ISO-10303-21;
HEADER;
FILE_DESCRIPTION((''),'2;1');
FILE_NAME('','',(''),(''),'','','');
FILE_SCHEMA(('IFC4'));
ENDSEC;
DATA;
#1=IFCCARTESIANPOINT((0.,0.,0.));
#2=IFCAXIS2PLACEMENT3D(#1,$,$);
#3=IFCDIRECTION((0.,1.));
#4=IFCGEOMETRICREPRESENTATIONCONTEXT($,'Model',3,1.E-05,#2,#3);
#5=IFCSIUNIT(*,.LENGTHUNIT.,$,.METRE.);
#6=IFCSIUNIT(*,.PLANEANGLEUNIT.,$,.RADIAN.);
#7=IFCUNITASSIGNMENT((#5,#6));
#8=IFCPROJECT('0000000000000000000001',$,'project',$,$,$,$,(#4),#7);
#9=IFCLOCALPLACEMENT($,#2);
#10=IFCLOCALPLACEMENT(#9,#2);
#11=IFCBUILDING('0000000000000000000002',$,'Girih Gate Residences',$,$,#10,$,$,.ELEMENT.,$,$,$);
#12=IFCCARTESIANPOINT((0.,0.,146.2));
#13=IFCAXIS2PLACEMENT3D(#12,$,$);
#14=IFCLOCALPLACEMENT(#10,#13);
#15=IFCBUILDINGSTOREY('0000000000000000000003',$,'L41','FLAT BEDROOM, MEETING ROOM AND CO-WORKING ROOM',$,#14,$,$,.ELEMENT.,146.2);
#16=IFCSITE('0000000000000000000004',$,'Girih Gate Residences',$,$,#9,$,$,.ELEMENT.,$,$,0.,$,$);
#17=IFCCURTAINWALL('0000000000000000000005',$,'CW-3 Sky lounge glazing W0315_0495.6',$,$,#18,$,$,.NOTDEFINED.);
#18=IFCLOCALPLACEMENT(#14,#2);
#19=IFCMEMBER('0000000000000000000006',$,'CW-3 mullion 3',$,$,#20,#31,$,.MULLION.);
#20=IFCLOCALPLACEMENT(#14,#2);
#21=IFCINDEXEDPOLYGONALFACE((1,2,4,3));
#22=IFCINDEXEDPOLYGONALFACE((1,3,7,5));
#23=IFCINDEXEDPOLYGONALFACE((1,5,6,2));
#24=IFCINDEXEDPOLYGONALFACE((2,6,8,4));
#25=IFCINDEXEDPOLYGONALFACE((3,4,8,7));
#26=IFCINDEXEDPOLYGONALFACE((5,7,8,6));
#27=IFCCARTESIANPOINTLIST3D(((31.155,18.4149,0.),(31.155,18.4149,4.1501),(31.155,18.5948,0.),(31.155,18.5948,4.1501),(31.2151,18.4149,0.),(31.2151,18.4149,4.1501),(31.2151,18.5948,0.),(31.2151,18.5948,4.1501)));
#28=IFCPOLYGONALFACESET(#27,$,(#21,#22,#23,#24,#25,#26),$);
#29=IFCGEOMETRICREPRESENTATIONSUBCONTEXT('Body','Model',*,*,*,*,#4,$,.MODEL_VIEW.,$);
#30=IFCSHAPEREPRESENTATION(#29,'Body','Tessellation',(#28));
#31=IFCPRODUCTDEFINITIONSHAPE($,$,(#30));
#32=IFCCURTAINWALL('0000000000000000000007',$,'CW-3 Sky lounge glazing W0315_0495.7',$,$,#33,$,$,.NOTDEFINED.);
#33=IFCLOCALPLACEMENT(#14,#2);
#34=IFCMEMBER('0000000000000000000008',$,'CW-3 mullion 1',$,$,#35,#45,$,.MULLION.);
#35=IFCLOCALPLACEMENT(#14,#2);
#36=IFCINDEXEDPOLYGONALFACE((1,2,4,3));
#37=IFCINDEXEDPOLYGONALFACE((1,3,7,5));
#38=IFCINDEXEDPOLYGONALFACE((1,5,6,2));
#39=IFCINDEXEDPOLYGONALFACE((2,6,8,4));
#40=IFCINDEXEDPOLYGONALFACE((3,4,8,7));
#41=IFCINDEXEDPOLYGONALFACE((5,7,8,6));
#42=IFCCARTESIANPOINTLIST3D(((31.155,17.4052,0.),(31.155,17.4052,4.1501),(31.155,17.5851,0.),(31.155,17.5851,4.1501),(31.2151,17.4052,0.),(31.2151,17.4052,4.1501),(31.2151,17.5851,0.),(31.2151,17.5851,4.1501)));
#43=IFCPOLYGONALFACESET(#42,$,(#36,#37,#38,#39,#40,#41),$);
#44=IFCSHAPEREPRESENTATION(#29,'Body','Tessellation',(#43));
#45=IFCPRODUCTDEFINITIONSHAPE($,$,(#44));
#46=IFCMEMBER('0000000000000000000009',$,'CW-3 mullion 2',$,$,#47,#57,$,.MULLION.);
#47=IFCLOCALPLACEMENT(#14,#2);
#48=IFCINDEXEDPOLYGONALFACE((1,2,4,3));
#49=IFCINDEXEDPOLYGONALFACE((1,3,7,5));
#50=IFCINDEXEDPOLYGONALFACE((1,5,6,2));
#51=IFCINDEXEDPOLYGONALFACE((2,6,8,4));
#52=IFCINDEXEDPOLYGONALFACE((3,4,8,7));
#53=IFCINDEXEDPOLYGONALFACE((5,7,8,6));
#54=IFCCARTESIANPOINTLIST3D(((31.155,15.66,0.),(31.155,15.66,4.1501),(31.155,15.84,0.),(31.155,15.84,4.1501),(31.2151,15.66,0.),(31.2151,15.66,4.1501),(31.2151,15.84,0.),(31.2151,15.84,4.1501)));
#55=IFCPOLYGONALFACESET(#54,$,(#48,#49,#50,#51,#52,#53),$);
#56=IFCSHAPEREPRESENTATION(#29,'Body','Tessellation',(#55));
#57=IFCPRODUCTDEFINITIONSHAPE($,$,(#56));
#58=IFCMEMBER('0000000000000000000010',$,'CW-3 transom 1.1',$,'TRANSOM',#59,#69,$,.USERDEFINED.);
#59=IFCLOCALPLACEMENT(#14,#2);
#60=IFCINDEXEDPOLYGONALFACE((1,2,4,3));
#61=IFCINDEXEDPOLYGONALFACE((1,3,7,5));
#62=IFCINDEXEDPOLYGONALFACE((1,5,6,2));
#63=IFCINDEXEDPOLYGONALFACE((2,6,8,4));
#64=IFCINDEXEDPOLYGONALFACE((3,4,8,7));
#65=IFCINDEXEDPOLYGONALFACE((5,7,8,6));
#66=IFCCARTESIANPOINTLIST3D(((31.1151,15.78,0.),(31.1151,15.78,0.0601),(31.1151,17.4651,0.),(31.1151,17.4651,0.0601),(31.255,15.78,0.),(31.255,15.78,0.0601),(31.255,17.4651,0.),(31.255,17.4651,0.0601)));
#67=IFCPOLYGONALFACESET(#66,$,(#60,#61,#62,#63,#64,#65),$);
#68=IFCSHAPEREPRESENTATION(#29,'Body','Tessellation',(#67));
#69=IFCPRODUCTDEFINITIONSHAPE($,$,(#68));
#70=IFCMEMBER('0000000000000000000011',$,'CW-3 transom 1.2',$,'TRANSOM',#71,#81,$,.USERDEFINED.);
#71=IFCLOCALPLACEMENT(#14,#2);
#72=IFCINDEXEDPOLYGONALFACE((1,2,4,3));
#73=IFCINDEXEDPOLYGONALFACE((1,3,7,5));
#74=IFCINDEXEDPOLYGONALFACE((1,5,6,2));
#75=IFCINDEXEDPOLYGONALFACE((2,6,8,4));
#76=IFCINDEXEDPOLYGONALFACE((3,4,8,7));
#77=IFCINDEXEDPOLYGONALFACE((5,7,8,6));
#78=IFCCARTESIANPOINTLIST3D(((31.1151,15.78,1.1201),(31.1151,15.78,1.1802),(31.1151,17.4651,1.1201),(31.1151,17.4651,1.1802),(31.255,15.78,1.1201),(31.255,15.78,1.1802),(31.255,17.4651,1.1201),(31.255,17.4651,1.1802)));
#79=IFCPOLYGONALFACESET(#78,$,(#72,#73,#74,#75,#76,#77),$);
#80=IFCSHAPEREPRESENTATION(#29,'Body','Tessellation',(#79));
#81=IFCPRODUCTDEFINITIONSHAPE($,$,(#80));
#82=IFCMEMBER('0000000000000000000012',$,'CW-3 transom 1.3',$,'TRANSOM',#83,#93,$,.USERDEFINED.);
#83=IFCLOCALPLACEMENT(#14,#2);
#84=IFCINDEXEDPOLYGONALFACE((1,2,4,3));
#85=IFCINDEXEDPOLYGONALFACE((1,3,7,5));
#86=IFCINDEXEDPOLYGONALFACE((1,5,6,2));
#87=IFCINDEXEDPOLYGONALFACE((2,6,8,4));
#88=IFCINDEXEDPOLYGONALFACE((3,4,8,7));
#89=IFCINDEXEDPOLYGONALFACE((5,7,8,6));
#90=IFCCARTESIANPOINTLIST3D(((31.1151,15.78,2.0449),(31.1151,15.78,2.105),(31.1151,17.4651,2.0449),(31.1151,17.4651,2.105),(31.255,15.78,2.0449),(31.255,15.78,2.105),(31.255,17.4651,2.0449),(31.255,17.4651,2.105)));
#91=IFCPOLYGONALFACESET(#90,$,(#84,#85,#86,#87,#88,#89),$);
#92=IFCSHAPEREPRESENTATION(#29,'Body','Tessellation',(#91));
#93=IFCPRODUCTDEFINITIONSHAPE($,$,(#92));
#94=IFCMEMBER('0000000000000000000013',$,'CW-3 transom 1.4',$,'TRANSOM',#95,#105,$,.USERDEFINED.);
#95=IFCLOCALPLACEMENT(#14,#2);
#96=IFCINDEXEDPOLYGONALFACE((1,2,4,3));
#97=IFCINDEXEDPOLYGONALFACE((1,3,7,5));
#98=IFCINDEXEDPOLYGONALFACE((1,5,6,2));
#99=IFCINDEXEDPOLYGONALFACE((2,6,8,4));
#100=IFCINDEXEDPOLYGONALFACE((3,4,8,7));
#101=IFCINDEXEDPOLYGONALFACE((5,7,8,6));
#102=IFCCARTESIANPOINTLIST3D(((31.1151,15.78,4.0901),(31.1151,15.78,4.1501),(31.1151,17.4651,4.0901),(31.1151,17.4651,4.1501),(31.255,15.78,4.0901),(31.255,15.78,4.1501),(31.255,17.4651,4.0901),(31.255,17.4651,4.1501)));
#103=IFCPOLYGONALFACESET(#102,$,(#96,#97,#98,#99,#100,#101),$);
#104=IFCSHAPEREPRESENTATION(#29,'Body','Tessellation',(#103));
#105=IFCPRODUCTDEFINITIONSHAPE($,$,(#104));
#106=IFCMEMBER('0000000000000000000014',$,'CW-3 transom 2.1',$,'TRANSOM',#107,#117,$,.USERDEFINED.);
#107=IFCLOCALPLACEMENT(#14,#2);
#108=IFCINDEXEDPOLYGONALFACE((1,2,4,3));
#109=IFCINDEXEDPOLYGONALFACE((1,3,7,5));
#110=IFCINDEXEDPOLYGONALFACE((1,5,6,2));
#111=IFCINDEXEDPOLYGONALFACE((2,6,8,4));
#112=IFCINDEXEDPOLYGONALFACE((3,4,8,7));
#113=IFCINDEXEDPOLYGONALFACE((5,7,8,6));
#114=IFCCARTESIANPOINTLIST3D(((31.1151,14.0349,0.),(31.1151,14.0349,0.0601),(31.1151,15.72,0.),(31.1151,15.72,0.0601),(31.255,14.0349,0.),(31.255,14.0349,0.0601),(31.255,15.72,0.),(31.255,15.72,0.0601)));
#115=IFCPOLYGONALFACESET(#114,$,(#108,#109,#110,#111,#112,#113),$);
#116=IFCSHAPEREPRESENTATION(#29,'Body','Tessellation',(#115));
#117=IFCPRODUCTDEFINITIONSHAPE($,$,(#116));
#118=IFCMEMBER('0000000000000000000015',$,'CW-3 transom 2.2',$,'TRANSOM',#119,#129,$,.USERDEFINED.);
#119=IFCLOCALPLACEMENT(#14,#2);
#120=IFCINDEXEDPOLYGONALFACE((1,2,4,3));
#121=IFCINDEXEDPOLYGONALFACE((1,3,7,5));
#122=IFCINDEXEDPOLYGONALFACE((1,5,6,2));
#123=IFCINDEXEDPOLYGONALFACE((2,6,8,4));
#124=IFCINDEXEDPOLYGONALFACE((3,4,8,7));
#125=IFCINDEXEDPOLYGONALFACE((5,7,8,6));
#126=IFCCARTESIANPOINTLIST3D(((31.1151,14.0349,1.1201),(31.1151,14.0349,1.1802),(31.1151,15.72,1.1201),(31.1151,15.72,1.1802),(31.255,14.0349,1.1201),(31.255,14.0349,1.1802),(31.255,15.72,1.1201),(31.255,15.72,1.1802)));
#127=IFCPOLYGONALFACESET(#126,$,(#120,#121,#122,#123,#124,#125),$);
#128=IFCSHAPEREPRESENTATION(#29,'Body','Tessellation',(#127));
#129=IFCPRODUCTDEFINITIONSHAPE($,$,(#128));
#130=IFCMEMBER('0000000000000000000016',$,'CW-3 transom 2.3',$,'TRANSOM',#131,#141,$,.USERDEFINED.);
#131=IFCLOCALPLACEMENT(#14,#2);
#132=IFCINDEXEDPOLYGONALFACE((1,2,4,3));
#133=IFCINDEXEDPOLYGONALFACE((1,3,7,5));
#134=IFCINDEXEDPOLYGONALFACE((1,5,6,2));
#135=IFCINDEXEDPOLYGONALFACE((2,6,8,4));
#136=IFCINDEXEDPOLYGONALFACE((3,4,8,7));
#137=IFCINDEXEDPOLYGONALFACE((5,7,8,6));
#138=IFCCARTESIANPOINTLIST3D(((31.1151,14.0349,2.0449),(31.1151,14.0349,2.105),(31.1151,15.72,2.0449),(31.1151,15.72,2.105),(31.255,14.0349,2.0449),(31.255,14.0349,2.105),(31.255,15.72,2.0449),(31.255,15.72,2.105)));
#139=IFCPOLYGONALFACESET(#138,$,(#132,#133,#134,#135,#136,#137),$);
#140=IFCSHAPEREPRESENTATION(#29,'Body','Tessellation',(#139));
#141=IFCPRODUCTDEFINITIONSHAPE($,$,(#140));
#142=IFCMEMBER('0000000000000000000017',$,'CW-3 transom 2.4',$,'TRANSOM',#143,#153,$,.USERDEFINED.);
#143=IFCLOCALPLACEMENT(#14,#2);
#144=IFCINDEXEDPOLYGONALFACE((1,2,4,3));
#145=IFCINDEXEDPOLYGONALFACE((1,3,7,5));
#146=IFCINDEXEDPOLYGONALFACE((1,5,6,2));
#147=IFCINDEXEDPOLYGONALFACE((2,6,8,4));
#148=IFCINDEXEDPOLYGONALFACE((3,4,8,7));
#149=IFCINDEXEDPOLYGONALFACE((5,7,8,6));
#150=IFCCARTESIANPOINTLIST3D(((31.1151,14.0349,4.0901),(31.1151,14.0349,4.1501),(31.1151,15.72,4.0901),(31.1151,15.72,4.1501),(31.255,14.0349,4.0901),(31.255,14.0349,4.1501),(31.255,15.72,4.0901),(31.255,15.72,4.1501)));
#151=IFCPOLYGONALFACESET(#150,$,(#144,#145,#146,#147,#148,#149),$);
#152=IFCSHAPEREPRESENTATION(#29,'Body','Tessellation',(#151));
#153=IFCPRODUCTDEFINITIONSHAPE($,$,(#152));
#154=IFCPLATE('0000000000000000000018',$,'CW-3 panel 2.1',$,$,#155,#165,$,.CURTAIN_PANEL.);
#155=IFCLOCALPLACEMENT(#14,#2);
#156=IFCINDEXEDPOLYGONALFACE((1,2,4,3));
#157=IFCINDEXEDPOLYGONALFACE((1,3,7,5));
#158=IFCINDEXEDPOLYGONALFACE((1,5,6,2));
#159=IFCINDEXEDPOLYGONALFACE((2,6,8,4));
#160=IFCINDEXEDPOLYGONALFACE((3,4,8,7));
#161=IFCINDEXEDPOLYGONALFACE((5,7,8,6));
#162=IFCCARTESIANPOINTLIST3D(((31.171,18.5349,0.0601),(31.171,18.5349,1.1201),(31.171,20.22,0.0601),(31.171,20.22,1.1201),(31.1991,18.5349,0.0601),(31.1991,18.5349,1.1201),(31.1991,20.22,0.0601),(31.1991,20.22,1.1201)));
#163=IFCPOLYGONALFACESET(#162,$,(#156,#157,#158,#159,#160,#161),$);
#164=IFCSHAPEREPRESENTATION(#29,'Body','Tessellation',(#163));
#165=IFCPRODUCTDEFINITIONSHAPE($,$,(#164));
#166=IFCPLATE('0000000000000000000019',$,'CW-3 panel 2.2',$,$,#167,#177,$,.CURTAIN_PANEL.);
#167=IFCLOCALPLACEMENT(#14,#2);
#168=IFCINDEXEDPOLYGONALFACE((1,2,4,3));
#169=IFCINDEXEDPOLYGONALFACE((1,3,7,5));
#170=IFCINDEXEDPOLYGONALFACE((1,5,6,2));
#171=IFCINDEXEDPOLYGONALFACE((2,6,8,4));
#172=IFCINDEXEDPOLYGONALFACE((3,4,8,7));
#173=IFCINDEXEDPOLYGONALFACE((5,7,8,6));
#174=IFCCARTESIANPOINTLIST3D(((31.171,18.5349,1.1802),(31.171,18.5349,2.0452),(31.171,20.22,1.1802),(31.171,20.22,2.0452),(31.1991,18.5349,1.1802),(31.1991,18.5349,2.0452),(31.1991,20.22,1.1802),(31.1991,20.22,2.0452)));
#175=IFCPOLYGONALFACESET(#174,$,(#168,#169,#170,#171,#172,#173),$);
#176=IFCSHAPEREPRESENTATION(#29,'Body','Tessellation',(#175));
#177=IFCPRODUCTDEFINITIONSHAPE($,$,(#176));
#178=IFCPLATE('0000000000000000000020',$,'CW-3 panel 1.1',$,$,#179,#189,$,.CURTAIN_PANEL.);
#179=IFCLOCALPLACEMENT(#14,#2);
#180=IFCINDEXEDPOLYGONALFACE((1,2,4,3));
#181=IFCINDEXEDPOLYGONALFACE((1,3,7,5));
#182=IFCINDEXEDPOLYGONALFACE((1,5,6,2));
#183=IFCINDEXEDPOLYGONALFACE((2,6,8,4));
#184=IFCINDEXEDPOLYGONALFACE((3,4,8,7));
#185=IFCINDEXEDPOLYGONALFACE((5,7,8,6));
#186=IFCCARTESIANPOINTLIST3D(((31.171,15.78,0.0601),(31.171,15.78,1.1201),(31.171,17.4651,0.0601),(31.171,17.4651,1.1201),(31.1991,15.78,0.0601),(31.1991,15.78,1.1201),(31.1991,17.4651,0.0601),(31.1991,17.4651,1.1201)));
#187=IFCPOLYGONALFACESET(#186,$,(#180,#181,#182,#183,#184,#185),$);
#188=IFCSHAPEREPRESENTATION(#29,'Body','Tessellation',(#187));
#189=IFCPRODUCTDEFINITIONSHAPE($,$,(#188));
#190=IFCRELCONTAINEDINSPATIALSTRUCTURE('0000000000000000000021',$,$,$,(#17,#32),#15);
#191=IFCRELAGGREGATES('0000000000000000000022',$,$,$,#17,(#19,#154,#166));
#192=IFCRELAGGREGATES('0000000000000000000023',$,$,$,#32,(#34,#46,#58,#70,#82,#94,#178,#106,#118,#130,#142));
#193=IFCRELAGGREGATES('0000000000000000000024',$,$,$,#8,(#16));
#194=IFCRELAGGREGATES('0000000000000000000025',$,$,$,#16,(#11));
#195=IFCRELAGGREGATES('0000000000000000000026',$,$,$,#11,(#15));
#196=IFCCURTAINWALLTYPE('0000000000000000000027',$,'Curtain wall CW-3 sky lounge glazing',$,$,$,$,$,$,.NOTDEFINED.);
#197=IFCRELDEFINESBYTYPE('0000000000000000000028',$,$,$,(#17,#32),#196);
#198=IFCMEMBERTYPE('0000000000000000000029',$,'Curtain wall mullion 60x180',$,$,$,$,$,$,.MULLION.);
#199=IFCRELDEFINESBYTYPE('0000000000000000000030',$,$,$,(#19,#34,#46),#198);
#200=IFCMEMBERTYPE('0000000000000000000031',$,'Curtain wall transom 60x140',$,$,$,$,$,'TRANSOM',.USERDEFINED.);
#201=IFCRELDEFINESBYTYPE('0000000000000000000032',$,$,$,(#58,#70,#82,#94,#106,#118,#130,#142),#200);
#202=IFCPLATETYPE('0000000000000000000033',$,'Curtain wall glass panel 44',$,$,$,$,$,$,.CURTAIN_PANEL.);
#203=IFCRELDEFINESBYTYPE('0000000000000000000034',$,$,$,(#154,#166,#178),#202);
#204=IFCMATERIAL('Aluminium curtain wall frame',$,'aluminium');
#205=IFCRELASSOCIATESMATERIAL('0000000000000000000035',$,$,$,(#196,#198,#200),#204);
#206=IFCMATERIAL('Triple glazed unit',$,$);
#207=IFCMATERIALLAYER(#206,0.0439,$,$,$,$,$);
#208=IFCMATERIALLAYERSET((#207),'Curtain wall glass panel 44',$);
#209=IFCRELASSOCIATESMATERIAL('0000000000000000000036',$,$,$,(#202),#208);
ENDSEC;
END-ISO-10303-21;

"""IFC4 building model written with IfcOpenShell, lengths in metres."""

from ifc_helpers import new_model, si_unit, direction, frame, origin, origin_2d, place, context, subcontext, project, spatial, rectangle, extrude, material, layer, layer_set, material_profile, profile_set, type_object, element, aggregate, save


model = new_model("IFC4")

# Units and contexts
model_context = context("Model", 3, precision=1e-05, world=origin(), true_north=direction((0.0, 1.0)))
body_context = subcontext(model_context, "Body", "Model", "MODEL_VIEW")
ifc_project = project(units=[si_unit("LENGTHUNIT", "METRE"), si_unit("PLANEANGLEUNIT", "RADIAN")], contexts=[model_context])

# Site, building, storey
site_placement = place(None, origin())
site = spatial("IfcSite", under=ifc_project, at=site_placement, Name="Girih Gate Residences", CompositionType="ELEMENT", RefElevation=0.0)
building_placement = place(site_placement, origin())
building = spatial("IfcBuilding", under=site, at=building_placement, Name="Girih Gate Residences", CompositionType="ELEMENT")
storey_placement = place(building_placement, frame((0.0, 0.0, 146.2)))
storey = spatial("IfcBuildingStorey", under=building, at=storey_placement, Name="L41", Description="FLAT BEDROOM, MEETING ROOM AND CO-WORKING ROOM", CompositionType="ELEMENT", Elevation=146.2)

# Curtain wall, member
ifc_material_1 = material(Name="Aluminium curtain wall frame", Category="aluminium")
curtain_wall_type = type_object("IfcCurtainWallType", Name="Curtain wall CW-3 sky lounge glazing", PredefinedType="NOTDEFINED", material=ifc_material_1)
curtain_wall_1_placement = place(storey_placement, origin())
curtain_wall_1 = element("IfcCurtainWall", 1, at=curtain_wall_1_placement, inside=storey, type_object=curtain_wall_type, Name="CW-3 Sky lounge glazing W0315_0495.6", PredefinedType="NOTDEFINED")
ifc_material_profile_1 = material_profile(ifc_material_1, rectangle(XDim=0.0601, YDim=0.1799, at=origin_2d()))
ifc_profile_set_1 = profile_set([ifc_material_profile_1], Name="Aluminium curtain wall frame")
member_type_1 = type_object("IfcMemberType", Name="Curtain wall mullion 60x180", PredefinedType="MULLION", material=ifc_profile_set_1)
member_1_placement = place(storey_placement, frame((31.1851, 18.5049, 0.0), z_axis=(0.0, 0.0, 1.0), x_axis=(1.0, 0.0, 0.0)))
member_1 = element("IfcMember", 2, at=member_1_placement, type_object=member_type_1, Name="CW-3 mullion 3", PredefinedType="MULLION", context=body_context, shape_type="SweptSolid", body=[
    extrude(rectangle(XDim=0.0601, YDim=0.1799, at=origin_2d()), origin(), (0.0, 0.0, 1.0), 4.1501),
])

# Curtain wall, members
curtain_wall_2_placement = place(storey_placement, origin())
curtain_wall_2 = element("IfcCurtainWall", 3, at=curtain_wall_2_placement, inside=storey, type_object=curtain_wall_type, Name="CW-3 Sky lounge glazing W0315_0495.7", PredefinedType="NOTDEFINED")
member_2_placement = place(storey_placement, frame((31.1851, 17.4951, 0.0), z_axis=(0.0, 0.0, 1.0), x_axis=(1.0, 0.0, 0.0)))
member_2 = element("IfcMember", 4, at=member_2_placement, type_object=member_type_1, Name="CW-3 mullion 1", PredefinedType="MULLION", context=body_context, shape_type="SweptSolid", body=[
    extrude(rectangle(XDim=0.0601, YDim=0.1799, at=origin_2d()), origin(), (0.0, 0.0, 1.0), 4.1501),
])
member_3_placement = place(storey_placement, frame((31.1851, 15.75, 0.0), z_axis=(0.0, 0.0, 1.0), x_axis=(1.0, 0.0, 0.0)))
member_3 = element("IfcMember", 5, at=member_3_placement, type_object=member_type_1, Name="CW-3 mullion 2", PredefinedType="MULLION", context=body_context, shape_type="SweptSolid", body=[
    extrude(rectangle(XDim=0.0601, YDim=0.1799, at=origin_2d()), origin(), (0.0, 0.0, 1.0), 4.1501),
])
ifc_material_profile_2 = material_profile(ifc_material_1, rectangle(XDim=0.1399, YDim=0.0601, at=origin_2d()))
ifc_profile_set_2 = profile_set([ifc_material_profile_2], Name="Aluminium curtain wall frame")
member_type_2 = type_object("IfcMemberType", Name="Curtain wall transom 60x140", ElementType="TRANSOM", PredefinedType="USERDEFINED", material=ifc_profile_set_2)
member_4_placement = place(storey_placement, frame((31.1851, 17.4651, 0.03), z_axis=(0.0, -1.0, 0.0), x_axis=(1.0, 0.0, 0.0)))
member_4 = element("IfcMember", 6, at=member_4_placement, type_object=member_type_2, Name="CW-3 transom 1.1", ObjectType="TRANSOM", PredefinedType="USERDEFINED", context=body_context, shape_type="SweptSolid", body=[
    extrude(rectangle(XDim=0.1399, YDim=0.0601, at=origin_2d()), origin(), (0.0, 0.0, 1.0), 1.6851),
])
member_5_placement = place(storey_placement, frame((31.1851, 17.4651, 1.1501), z_axis=(0.0, -1.0, 0.0), x_axis=(1.0, 0.0, 0.0)))
member_5 = element("IfcMember", 7, at=member_5_placement, type_object=member_type_2, Name="CW-3 transom 1.2", ObjectType="TRANSOM", PredefinedType="USERDEFINED", context=body_context, shape_type="SweptSolid", body=[
    extrude(rectangle(XDim=0.1399, YDim=0.0601, at=origin_2d()), origin(), (0.0, 0.0, 1.0), 1.6851),
])
member_6_placement = place(storey_placement, frame((31.1851, 17.4651, 2.075), z_axis=(0.0, -1.0, 0.0), x_axis=(1.0, 0.0, 0.0)))
member_6 = element("IfcMember", 8, at=member_6_placement, type_object=member_type_2, Name="CW-3 transom 1.3", ObjectType="TRANSOM", PredefinedType="USERDEFINED", context=body_context, shape_type="SweptSolid", body=[
    extrude(rectangle(XDim=0.1399, YDim=0.0601, at=origin_2d()), origin(), (0.0, 0.0, 1.0), 1.6851),
])
member_7_placement = place(storey_placement, frame((31.1851, 17.4651, 4.1201), z_axis=(0.0, -1.0, 0.0), x_axis=(1.0, 0.0, 0.0)))
member_7 = element("IfcMember", 9, at=member_7_placement, type_object=member_type_2, Name="CW-3 transom 1.4", ObjectType="TRANSOM", PredefinedType="USERDEFINED", context=body_context, shape_type="SweptSolid", body=[
    extrude(rectangle(XDim=0.1399, YDim=0.0601, at=origin_2d()), origin(), (0.0, 0.0, 1.0), 1.6851),
])
member_8_placement = place(storey_placement, frame((31.1851, 15.72, 0.03), z_axis=(0.0, -1.0, 0.0), x_axis=(1.0, 0.0, 0.0)))
member_8 = element("IfcMember", 10, at=member_8_placement, type_object=member_type_2, Name="CW-3 transom 2.1", ObjectType="TRANSOM", PredefinedType="USERDEFINED", context=body_context, shape_type="SweptSolid", body=[
    extrude(rectangle(XDim=0.1399, YDim=0.0601, at=origin_2d()), origin(), (0.0, 0.0, 1.0), 1.6851),
])
member_9_placement = place(storey_placement, frame((31.1851, 15.72, 1.1501), z_axis=(0.0, -1.0, 0.0), x_axis=(1.0, 0.0, 0.0)))
member_9 = element("IfcMember", 11, at=member_9_placement, type_object=member_type_2, Name="CW-3 transom 2.2", ObjectType="TRANSOM", PredefinedType="USERDEFINED", context=body_context, shape_type="SweptSolid", body=[
    extrude(rectangle(XDim=0.1399, YDim=0.0601, at=origin_2d()), origin(), (0.0, 0.0, 1.0), 1.6851),
])
member_10_placement = place(storey_placement, frame((31.1851, 15.72, 2.075), z_axis=(0.0, -1.0, 0.0), x_axis=(1.0, 0.0, 0.0)))
member_10 = element("IfcMember", 12, at=member_10_placement, type_object=member_type_2, Name="CW-3 transom 2.3", ObjectType="TRANSOM", PredefinedType="USERDEFINED", context=body_context, shape_type="SweptSolid", body=[
    extrude(rectangle(XDim=0.1399, YDim=0.0601, at=origin_2d()), origin(), (0.0, 0.0, 1.0), 1.6851),
])
member_11_placement = place(storey_placement, frame((31.1851, 15.72, 4.1201), z_axis=(0.0, -1.0, 0.0), x_axis=(1.0, 0.0, 0.0)))
member_11 = element("IfcMember", 13, at=member_11_placement, type_object=member_type_2, Name="CW-3 transom 2.4", ObjectType="TRANSOM", PredefinedType="USERDEFINED", context=body_context, shape_type="SweptSolid", body=[
    extrude(rectangle(XDim=0.1399, YDim=0.0601, at=origin_2d()), origin(), (0.0, 0.0, 1.0), 1.6851),
])

# Plates
ifc_material_2 = material(Name="Triple glazed unit")
ifc_layer = layer(ifc_material_2, 0.0439)
ifc_layer_set = layer_set([ifc_layer], Name="Curtain wall glass panel 44")
plate_type = type_object("IfcPlateType", Name="Curtain wall glass panel 44", PredefinedType="CURTAIN_PANEL", material=ifc_layer_set)
plate_1_placement = place(storey_placement, frame((31.1851, 19.3774, 0.0601), z_axis=(0.0, 0.0, 1.0), x_axis=(0.0, -1.0, 0.0)))
plate_1 = element("IfcPlate", 14, at=plate_1_placement, type_object=plate_type, Name="CW-3 panel 2.1", PredefinedType="CURTAIN_PANEL", context=body_context, shape_type="SweptSolid", body=[
    extrude(rectangle(XDim=1.6851, YDim=0.0281, at=origin_2d()), origin(), (0.0, 0.0, 1.0), 1.0601),
])
plate_2_placement = place(storey_placement, frame((31.1851, 19.3774, 1.1802), z_axis=(0.0, 0.0, 1.0), x_axis=(0.0, -1.0, 0.0)))
plate_2 = element("IfcPlate", 15, at=plate_2_placement, type_object=plate_type, Name="CW-3 panel 2.2", PredefinedType="CURTAIN_PANEL", context=body_context, shape_type="SweptSolid", body=[
    extrude(rectangle(XDim=1.6851, YDim=0.0281, at=origin_2d()), origin(), (0.0, 0.0, 1.0), 0.865),
])
aggregate(curtain_wall_1, [member_1, plate_1, plate_2])
plate_3_placement = place(storey_placement, frame((31.1851, 16.6226, 0.0601), z_axis=(0.0, 0.0, 1.0), x_axis=(0.0, -1.0, 0.0)))
plate_3 = element("IfcPlate", 16, at=plate_3_placement, type_object=plate_type, Name="CW-3 panel 1.1", PredefinedType="CURTAIN_PANEL", context=body_context, shape_type="SweptSolid", body=[
    extrude(rectangle(XDim=1.6851, YDim=0.0281, at=origin_2d()), origin(), (0.0, 0.0, 1.0), 1.0601),
])
aggregate(curtain_wall_2, [member_2, member_3, member_4, member_5, member_6, member_7, plate_3, member_8, member_9, member_10, member_11])

save(model, "model.ifc")
